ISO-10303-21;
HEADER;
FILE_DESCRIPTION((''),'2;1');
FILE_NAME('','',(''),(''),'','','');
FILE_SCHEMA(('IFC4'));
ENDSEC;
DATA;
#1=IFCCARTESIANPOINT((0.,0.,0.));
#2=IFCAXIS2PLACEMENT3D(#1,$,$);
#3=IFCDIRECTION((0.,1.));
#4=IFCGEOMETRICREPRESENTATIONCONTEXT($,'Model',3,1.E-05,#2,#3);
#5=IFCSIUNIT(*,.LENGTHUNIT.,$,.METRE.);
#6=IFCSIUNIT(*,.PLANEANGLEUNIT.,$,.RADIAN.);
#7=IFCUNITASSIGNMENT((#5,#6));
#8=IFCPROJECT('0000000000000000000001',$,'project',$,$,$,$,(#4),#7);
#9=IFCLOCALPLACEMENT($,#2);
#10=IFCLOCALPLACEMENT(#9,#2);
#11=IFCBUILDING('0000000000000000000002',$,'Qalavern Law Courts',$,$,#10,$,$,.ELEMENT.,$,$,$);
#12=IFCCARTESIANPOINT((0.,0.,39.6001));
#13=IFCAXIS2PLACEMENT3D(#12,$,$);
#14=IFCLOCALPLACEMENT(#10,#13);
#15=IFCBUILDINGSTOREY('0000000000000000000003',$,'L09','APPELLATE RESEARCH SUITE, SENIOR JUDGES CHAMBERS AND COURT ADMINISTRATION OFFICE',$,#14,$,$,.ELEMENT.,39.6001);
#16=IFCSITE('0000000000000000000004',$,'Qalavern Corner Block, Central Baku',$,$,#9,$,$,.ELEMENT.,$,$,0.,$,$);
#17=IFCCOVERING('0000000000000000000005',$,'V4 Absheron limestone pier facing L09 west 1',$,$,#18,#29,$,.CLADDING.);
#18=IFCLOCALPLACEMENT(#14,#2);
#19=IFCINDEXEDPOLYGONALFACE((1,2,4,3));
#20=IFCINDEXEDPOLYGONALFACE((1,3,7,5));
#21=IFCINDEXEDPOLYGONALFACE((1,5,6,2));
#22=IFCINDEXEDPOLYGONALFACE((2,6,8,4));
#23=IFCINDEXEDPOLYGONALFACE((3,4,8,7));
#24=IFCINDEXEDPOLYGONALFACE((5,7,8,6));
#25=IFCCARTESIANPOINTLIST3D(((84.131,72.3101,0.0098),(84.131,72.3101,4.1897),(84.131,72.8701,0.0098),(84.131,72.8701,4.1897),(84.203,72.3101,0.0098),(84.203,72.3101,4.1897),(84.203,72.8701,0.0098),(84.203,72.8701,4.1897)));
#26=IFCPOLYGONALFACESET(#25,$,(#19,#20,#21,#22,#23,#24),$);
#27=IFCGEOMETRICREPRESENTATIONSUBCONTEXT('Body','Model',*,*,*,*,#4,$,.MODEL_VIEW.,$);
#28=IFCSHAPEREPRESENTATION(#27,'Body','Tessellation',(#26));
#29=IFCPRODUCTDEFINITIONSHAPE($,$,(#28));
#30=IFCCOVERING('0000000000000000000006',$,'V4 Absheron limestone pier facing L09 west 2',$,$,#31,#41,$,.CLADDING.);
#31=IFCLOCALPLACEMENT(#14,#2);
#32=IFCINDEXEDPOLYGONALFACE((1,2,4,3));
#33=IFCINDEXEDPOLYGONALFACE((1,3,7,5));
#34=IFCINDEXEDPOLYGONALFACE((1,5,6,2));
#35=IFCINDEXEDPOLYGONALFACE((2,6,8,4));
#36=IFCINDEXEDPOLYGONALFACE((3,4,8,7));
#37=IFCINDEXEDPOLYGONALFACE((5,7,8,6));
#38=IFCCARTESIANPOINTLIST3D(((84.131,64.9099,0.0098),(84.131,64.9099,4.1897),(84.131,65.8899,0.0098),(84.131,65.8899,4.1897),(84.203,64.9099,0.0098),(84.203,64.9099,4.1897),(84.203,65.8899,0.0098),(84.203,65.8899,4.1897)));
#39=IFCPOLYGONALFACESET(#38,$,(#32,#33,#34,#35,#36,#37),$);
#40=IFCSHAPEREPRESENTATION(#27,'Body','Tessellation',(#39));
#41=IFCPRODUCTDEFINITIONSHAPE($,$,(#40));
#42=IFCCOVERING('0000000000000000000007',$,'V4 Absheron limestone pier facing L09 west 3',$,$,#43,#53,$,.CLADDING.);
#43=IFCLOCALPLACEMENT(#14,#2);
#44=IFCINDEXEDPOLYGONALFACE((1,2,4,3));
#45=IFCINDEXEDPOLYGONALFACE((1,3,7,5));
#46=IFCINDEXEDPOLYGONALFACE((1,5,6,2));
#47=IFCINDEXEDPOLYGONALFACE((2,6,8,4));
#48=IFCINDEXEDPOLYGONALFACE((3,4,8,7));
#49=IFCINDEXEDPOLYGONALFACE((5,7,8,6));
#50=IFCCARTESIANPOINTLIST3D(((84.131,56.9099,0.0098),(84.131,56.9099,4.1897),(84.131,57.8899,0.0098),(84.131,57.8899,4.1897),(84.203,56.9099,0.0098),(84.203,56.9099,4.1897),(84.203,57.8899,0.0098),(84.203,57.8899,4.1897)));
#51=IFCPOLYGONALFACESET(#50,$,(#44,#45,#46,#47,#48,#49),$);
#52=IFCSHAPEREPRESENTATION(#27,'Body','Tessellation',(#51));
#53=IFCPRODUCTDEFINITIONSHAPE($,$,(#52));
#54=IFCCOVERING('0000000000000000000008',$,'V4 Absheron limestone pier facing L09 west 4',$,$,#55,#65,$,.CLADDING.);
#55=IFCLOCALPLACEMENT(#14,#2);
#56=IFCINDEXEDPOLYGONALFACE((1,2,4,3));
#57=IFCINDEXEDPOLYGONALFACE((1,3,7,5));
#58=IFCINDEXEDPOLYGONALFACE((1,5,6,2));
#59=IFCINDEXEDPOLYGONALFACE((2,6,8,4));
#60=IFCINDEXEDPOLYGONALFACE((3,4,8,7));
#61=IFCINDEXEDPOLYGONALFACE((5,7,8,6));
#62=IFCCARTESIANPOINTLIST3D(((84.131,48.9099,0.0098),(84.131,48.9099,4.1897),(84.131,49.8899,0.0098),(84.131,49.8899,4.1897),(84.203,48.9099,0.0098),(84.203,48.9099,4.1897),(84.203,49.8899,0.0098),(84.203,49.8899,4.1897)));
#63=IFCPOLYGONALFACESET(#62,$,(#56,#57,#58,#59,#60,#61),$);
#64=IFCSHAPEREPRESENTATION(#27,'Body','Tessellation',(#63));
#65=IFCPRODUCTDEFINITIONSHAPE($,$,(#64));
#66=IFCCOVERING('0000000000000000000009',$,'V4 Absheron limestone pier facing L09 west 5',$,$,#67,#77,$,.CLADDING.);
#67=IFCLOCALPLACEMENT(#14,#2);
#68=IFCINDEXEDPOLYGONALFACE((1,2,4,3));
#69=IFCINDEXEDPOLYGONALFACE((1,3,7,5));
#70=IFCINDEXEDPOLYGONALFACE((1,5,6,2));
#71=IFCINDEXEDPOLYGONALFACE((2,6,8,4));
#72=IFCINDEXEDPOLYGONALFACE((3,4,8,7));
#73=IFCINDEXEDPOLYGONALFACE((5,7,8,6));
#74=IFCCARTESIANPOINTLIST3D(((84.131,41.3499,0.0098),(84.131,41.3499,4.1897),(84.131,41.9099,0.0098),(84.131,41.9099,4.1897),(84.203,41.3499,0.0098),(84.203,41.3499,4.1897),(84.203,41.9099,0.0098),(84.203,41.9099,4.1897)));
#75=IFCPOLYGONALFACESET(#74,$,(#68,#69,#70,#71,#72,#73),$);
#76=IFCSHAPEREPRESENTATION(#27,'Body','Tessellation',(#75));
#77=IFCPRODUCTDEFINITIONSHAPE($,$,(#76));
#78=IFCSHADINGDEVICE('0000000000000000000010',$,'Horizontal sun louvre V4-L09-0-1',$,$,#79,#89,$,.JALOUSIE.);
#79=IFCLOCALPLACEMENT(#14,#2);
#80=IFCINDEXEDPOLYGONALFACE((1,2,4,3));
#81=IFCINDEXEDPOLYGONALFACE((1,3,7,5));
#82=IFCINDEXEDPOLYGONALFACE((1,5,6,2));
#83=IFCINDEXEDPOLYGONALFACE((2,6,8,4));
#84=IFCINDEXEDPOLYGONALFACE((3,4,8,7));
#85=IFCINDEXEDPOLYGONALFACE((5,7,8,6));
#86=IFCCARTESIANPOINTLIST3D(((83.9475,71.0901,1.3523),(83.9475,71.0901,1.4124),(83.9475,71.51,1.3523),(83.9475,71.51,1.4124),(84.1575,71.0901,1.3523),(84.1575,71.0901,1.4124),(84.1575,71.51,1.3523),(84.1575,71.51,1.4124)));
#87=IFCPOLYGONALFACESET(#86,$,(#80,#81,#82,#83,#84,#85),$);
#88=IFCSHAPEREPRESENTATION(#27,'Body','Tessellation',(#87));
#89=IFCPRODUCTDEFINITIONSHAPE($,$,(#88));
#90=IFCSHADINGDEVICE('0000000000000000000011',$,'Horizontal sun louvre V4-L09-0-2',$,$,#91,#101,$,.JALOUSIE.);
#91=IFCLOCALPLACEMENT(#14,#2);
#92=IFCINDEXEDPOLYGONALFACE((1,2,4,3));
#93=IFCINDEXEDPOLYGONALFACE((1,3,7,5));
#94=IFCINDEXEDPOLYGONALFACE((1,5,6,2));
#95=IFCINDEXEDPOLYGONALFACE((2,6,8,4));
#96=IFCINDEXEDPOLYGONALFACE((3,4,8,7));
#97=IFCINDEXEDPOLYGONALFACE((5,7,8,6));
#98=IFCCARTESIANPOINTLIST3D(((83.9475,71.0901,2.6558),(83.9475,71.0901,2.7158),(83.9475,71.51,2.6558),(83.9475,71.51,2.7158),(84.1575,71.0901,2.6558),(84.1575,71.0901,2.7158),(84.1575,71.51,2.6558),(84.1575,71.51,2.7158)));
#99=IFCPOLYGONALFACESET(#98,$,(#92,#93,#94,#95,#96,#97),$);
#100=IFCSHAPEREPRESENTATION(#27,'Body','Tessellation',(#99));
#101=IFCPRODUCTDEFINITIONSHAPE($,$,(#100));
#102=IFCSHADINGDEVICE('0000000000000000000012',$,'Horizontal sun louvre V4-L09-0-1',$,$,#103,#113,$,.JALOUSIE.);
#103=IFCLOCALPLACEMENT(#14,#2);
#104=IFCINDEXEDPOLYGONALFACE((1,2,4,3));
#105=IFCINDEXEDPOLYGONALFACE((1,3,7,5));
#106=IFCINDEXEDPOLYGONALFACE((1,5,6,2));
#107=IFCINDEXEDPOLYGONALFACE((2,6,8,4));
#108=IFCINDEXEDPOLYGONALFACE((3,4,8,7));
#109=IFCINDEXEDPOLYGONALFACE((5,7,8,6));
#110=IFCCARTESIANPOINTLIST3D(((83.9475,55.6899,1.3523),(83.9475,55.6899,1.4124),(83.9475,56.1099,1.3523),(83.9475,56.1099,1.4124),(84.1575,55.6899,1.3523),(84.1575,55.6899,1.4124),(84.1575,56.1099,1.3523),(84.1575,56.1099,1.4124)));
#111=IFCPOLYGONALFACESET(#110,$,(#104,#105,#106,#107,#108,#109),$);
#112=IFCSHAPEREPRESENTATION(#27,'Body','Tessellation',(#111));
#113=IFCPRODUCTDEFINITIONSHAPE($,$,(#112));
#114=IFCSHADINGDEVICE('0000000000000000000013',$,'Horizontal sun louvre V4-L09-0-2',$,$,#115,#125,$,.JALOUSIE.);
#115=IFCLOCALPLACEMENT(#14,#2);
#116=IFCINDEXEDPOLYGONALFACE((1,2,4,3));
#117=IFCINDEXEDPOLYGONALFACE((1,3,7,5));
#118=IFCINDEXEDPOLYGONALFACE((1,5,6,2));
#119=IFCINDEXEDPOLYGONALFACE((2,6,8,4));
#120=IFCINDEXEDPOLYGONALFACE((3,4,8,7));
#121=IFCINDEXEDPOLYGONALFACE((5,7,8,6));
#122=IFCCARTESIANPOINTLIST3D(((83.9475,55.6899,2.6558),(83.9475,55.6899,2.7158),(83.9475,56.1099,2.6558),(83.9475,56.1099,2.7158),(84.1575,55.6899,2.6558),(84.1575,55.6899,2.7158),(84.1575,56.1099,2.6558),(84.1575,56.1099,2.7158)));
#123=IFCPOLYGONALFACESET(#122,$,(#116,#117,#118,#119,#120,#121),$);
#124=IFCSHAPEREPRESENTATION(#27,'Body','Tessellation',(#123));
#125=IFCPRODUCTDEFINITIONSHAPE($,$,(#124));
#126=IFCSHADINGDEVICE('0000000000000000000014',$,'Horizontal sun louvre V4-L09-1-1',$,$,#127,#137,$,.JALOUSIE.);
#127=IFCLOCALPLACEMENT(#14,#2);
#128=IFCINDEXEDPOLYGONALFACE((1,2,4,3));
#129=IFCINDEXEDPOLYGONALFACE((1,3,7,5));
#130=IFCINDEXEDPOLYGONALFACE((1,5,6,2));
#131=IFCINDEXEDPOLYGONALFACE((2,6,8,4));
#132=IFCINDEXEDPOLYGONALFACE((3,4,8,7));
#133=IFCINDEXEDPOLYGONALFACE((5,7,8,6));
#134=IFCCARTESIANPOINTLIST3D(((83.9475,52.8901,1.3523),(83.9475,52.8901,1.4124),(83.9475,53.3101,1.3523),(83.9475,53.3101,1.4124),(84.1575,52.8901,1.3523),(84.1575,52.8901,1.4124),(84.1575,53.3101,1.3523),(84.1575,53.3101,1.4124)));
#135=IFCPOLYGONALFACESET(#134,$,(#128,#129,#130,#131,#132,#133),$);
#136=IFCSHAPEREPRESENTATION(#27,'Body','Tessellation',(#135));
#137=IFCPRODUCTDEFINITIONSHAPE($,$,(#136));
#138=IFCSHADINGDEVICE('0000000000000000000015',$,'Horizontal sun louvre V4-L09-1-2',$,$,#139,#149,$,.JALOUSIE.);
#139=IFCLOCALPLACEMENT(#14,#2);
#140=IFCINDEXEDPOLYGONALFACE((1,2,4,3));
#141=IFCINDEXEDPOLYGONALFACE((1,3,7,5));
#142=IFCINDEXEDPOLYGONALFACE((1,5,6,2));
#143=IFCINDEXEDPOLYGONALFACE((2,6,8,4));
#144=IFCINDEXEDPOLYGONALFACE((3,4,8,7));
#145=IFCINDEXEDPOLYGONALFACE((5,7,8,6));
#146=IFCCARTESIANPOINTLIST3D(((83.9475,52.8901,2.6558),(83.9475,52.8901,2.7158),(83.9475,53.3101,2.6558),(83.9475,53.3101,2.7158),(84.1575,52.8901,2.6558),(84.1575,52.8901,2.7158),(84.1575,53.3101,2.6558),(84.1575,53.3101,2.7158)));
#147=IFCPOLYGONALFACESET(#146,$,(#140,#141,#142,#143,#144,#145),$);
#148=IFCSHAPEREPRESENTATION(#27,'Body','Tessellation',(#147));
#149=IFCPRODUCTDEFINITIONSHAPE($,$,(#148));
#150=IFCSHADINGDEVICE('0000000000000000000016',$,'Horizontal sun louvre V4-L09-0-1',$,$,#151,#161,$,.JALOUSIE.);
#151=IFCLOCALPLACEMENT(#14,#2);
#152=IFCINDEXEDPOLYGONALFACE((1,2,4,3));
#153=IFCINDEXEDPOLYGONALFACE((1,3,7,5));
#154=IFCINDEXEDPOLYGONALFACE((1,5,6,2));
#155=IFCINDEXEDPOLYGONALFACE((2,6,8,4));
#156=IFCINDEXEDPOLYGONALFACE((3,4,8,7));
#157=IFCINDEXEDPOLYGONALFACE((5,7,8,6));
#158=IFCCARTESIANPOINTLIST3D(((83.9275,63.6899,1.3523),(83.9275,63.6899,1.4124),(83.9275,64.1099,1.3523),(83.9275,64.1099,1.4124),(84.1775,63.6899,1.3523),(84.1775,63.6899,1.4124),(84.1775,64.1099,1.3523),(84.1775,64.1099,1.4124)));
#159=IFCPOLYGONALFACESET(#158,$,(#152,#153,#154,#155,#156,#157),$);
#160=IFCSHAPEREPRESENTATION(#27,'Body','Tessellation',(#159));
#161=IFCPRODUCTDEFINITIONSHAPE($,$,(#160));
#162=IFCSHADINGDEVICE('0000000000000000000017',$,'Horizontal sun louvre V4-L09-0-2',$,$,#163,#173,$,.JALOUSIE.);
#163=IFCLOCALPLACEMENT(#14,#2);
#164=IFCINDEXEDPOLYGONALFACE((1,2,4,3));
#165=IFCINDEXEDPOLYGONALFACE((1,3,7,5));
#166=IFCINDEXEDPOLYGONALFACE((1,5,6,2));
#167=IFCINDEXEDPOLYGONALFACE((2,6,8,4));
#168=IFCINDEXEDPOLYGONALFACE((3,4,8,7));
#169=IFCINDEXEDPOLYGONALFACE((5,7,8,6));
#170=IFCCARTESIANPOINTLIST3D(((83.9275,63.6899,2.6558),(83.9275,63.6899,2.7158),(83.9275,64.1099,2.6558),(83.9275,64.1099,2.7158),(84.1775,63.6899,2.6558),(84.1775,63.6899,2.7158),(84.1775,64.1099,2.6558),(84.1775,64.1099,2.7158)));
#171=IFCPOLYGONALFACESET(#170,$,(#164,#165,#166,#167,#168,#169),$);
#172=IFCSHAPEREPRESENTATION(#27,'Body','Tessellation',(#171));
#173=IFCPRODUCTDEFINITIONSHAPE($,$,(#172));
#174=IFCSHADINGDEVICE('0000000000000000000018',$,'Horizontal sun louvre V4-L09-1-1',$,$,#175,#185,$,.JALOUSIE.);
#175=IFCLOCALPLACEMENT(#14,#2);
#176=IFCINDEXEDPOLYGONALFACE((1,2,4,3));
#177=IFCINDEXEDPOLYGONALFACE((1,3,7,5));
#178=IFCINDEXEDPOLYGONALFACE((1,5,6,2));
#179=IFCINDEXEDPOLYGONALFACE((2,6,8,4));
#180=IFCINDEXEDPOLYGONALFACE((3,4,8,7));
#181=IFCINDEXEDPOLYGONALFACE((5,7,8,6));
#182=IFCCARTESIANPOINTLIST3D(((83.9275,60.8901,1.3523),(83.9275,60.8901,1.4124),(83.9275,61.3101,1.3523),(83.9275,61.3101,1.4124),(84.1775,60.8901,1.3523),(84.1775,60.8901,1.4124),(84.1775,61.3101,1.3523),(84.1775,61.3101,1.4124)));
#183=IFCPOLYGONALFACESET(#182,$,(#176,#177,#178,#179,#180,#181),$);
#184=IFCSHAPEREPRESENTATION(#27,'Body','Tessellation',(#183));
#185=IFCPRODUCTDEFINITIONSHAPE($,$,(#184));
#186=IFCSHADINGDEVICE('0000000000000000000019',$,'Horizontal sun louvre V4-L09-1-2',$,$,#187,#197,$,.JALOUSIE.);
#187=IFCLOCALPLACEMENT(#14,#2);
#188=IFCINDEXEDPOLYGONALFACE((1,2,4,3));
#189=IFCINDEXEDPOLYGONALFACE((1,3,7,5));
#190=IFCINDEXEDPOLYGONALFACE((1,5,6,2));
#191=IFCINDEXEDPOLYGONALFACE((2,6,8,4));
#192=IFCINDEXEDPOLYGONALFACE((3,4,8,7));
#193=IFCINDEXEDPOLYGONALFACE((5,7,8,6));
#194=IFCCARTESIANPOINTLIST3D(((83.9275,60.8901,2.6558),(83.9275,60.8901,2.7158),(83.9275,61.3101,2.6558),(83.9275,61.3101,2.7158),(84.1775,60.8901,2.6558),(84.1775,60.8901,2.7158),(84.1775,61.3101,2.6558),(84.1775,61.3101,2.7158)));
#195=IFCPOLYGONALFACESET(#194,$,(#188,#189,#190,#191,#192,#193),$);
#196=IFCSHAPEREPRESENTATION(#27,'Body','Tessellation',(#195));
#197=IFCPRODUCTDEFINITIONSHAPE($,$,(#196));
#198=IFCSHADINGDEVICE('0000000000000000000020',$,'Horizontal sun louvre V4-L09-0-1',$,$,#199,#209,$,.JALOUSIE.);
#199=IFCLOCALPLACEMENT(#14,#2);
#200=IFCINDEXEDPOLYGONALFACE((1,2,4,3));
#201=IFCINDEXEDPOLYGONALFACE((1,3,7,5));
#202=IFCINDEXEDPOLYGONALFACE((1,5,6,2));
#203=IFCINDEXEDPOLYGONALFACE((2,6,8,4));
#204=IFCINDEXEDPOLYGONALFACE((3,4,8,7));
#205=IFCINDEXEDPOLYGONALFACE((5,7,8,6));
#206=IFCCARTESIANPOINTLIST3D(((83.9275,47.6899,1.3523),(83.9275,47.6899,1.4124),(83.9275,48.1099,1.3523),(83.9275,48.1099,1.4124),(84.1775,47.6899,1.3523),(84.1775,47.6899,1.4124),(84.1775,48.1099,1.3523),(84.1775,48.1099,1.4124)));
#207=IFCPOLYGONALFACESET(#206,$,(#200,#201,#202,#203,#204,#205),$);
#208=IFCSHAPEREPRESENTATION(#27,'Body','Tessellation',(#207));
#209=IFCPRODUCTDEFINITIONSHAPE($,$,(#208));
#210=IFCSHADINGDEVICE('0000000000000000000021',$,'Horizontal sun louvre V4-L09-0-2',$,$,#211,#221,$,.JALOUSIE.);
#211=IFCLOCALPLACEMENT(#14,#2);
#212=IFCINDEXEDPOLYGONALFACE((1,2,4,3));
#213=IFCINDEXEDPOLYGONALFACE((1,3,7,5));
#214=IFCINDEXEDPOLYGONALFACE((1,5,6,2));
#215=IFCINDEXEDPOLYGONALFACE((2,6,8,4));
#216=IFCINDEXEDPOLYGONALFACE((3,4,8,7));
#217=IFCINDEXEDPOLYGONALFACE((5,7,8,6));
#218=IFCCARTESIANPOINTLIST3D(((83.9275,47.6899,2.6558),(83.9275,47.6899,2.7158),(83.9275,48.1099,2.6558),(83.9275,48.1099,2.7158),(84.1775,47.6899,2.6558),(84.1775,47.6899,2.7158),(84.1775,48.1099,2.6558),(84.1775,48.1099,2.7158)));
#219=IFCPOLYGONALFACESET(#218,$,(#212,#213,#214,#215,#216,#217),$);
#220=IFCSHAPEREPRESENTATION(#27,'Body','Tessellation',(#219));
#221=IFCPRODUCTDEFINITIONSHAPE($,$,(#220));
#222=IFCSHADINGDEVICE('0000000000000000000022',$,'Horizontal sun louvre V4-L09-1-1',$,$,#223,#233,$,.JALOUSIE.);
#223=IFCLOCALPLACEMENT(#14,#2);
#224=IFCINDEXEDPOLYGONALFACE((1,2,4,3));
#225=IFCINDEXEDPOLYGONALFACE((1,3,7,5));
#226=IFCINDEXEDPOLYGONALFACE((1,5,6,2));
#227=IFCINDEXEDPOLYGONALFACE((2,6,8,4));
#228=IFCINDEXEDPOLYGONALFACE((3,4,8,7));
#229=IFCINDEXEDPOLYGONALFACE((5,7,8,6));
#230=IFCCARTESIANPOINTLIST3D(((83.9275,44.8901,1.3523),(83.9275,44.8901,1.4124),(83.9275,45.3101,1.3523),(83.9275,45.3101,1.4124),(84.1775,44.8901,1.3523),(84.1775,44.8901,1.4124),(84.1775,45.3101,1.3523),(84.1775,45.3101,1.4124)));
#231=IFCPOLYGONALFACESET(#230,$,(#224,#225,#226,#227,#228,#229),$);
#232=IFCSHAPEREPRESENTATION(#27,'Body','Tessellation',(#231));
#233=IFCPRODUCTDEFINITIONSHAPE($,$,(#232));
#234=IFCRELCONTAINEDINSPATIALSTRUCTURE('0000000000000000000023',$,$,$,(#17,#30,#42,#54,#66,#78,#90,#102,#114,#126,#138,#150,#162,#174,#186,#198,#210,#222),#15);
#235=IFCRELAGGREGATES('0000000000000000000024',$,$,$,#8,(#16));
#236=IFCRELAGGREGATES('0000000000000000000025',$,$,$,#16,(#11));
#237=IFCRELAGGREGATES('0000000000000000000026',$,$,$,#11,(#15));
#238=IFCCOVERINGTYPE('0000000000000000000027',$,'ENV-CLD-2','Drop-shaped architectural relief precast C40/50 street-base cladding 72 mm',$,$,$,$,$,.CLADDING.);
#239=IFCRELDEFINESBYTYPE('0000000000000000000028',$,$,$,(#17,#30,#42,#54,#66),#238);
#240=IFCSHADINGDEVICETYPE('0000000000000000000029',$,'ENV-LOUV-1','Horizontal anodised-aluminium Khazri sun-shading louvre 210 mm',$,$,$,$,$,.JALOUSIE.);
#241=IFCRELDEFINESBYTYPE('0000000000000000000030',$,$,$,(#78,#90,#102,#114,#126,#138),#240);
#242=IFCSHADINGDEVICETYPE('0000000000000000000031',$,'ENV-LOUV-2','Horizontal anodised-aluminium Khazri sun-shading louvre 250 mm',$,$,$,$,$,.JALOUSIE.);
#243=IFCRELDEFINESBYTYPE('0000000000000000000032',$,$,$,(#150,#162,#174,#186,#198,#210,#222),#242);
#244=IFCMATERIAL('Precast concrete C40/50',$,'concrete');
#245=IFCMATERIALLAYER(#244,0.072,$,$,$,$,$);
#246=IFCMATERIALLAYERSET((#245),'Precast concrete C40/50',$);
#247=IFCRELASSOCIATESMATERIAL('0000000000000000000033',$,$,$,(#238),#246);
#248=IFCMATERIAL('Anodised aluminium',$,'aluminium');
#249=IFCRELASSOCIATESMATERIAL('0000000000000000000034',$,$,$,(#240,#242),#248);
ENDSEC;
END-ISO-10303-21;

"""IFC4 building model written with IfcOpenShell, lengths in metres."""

from ifc_helpers import new_model, si_unit, direction, frame, origin, origin_2d, place, context, subcontext, project, spatial, rectangle, extrude, material, layer, layer_set, type_object, element, save


model = new_model("IFC4")

# Units and contexts
model_context = context("Model", 3, precision=1e-05, world=origin(), true_north=direction((0.0, 1.0)))
body_context = subcontext(model_context, "Body", "Model", "MODEL_VIEW")
ifc_project = project(units=[si_unit("LENGTHUNIT", "METRE"), si_unit("PLANEANGLEUNIT", "RADIAN")], contexts=[model_context])

# Site, building, storey
site_placement = place(None, origin())
site = spatial("IfcSite", under=ifc_project, at=site_placement, Name="Qalavern Corner Block, Central Baku", CompositionType="ELEMENT", RefElevation=0.0)
building_placement = place(site_placement, origin())
building = spatial("IfcBuilding", under=site, at=building_placement, Name="Qalavern Law Courts", CompositionType="ELEMENT")
storey_placement = place(building_placement, frame((0.0, 0.0, 39.6001)))
storey = spatial("IfcBuildingStorey", under=building, at=storey_placement, Name="L09", Description="APPELLATE RESEARCH SUITE, SENIOR JUDGES CHAMBERS AND COURT ADMINISTRATION OFFICE", CompositionType="ELEMENT", Elevation=39.6001)

# Coverings
ifc_material_1 = material(Name="Precast concrete C40/50", Category="concrete")
ifc_layer_1 = layer(ifc_material_1, 0.072)
ifc_layer_set_1 = layer_set([ifc_layer_1], Name="Precast concrete C40/50")
covering_type_1 = type_object("IfcCoveringType", Name="ENV-CLD-2", Description="Drop-shaped architectural relief precast C40/50 street-base cladding 72 mm", PredefinedType="CLADDING", material=ifc_layer_set_1)
covering_1_placement = place(storey_placement, frame((84.167, 72.5901, 0.0098), z_axis=(0.0, 0.0, 1.0), x_axis=(0.0, -1.0, 0.0)))
element("IfcCovering", 1, at=covering_1_placement, inside=storey, type_object=covering_type_1, Name="V4 Absheron limestone pier facing L09 west 1", PredefinedType="CLADDING", context=body_context, shape_type="SweptSolid", body=[
    extrude(rectangle(XDim=0.5601, YDim=0.072, at=origin_2d()), origin(), (0.0, 0.0, 1.0), 4.1799),
])
for number, where, z_axis, x_axis, name in (
    (2, (84.167, 65.3999, 0.0098), (0.0, 0.0, 1.0), (0.0, -1.0, 0.0), "V4 Absheron limestone pier facing L09 west 2"),
    (3, (84.167, 57.3999, 0.0098), (0.0, 0.0, 1.0), (0.0, -1.0, 0.0), "V4 Absheron limestone pier facing L09 west 3"),
    (4, (84.167, 49.3999, 0.0098), (0.0, 0.0, 1.0), (0.0, -1.0, 0.0), "V4 Absheron limestone pier facing L09 west 4"),
):
    element("IfcCovering", number, at=place(storey_placement, frame(where, z_axis=z_axis, x_axis=x_axis)), inside=storey, type_object=covering_type_1, Name=name, PredefinedType="CLADDING", context=body_context, shape_type="SweptSolid", body=[
        extrude(rectangle(XDim=0.98, YDim=0.072, at=origin_2d()), origin(), (0.0, 0.0, 1.0), 4.1799),
    ])
covering_2_placement = place(storey_placement, frame((84.167, 41.6299, 0.0098), z_axis=(0.0, 0.0, 1.0), x_axis=(0.0, -1.0, 0.0)))
element("IfcCovering", 5, at=covering_2_placement, inside=storey, type_object=covering_type_1, Name="V4 Absheron limestone pier facing L09 west 5", PredefinedType="CLADDING", context=body_context, shape_type="SweptSolid", body=[
    extrude(rectangle(XDim=0.5601, YDim=0.072, at=origin_2d()), origin(), (0.0, 0.0, 1.0), 4.1799),
])

# Shading devices
ifc_material_2 = material(Name="Anodised aluminium", Category="aluminium")
shading_device_type_1 = type_object("IfcShadingDeviceType", Name="ENV-LOUV-1", Description="Horizontal anodised-aluminium Khazri sun-shading louvre 210 mm", PredefinedType="JALOUSIE", material=ifc_material_2)
for number, where, z_axis, x_axis, name in (
    (6, (84.0525, 71.3, 1.3523), (0.0, 0.0, 1.0), (0.0, -1.0, 0.0), "Horizontal sun louvre V4-L09-0-1"),
    (7, (84.0525, 71.3, 2.6558), (0.0, 0.0, 1.0), (0.0, -1.0, 0.0), "Horizontal sun louvre V4-L09-0-2"),
    (8, (84.0525, 55.8999, 1.3523), (0.0, 0.0, 1.0), (0.0, -1.0, 0.0), "Horizontal sun louvre V4-L09-0-1"),
    (9, (84.0525, 55.8999, 2.6558), (0.0, 0.0, 1.0), (0.0, -1.0, 0.0), "Horizontal sun louvre V4-L09-0-2"),
    (10, (84.0525, 53.1001, 1.3523), (0.0, 0.0, 1.0), (0.0, -1.0, 0.0), "Horizontal sun louvre V4-L09-1-1"),
    (11, (84.0525, 53.1001, 2.6558), (0.0, 0.0, 1.0), (0.0, -1.0, 0.0), "Horizontal sun louvre V4-L09-1-2"),
):
    element("IfcShadingDevice", number, at=place(storey_placement, frame(where, z_axis=z_axis, x_axis=x_axis)), inside=storey, type_object=shading_device_type_1, Name=name, PredefinedType="JALOUSIE", context=body_context, shape_type="SweptSolid", body=[
        extrude(rectangle(XDim=0.4199, YDim=0.21, at=origin_2d()), origin(), (0.0, 0.0, 1.0), 0.0601),
    ])
shading_device_type_2 = type_object("IfcShadingDeviceType", Name="ENV-LOUV-2", Description="Horizontal anodised-aluminium Khazri sun-shading louvre 250 mm", PredefinedType="JALOUSIE", material=ifc_material_2)
for number, where, z_axis, x_axis, name in (
    (12, (84.0525, 63.8999, 1.3523), (0.0, 0.0, 1.0), (0.0, -1.0, 0.0), "Horizontal sun louvre V4-L09-0-1"),
    (13, (84.0525, 63.8999, 2.6558), (0.0, 0.0, 1.0), (0.0, -1.0, 0.0), "Horizontal sun louvre V4-L09-0-2"),
    (14, (84.0525, 61.1001, 1.3523), (0.0, 0.0, 1.0), (0.0, -1.0, 0.0), "Horizontal sun louvre V4-L09-1-1"),
    (15, (84.0525, 61.1001, 2.6558), (0.0, 0.0, 1.0), (0.0, -1.0, 0.0), "Horizontal sun louvre V4-L09-1-2"),
    (16, (84.0525, 47.8999, 1.3523), (0.0, 0.0, 1.0), (0.0, -1.0, 0.0), "Horizontal sun louvre V4-L09-0-1"),
    (17, (84.0525, 47.8999, 2.6558), (0.0, 0.0, 1.0), (0.0, -1.0, 0.0), "Horizontal sun louvre V4-L09-0-2"),
    (18, (84.0525, 45.1001, 1.3523), (0.0, 0.0, 1.0), (0.0, -1.0, 0.0), "Horizontal sun louvre V4-L09-1-1"),
):
    element("IfcShadingDevice", number, at=place(storey_placement, frame(where, z_axis=z_axis, x_axis=x_axis)), inside=storey, type_object=shading_device_type_2, Name=name, PredefinedType="JALOUSIE", context=body_context, shape_type="SweptSolid", body=[
        extrude(rectangle(XDim=0.4199, YDim=0.25, at=origin_2d()), origin(), (0.0, 0.0, 1.0), 0.0601),
    ])

save(model, "model.ifc")
